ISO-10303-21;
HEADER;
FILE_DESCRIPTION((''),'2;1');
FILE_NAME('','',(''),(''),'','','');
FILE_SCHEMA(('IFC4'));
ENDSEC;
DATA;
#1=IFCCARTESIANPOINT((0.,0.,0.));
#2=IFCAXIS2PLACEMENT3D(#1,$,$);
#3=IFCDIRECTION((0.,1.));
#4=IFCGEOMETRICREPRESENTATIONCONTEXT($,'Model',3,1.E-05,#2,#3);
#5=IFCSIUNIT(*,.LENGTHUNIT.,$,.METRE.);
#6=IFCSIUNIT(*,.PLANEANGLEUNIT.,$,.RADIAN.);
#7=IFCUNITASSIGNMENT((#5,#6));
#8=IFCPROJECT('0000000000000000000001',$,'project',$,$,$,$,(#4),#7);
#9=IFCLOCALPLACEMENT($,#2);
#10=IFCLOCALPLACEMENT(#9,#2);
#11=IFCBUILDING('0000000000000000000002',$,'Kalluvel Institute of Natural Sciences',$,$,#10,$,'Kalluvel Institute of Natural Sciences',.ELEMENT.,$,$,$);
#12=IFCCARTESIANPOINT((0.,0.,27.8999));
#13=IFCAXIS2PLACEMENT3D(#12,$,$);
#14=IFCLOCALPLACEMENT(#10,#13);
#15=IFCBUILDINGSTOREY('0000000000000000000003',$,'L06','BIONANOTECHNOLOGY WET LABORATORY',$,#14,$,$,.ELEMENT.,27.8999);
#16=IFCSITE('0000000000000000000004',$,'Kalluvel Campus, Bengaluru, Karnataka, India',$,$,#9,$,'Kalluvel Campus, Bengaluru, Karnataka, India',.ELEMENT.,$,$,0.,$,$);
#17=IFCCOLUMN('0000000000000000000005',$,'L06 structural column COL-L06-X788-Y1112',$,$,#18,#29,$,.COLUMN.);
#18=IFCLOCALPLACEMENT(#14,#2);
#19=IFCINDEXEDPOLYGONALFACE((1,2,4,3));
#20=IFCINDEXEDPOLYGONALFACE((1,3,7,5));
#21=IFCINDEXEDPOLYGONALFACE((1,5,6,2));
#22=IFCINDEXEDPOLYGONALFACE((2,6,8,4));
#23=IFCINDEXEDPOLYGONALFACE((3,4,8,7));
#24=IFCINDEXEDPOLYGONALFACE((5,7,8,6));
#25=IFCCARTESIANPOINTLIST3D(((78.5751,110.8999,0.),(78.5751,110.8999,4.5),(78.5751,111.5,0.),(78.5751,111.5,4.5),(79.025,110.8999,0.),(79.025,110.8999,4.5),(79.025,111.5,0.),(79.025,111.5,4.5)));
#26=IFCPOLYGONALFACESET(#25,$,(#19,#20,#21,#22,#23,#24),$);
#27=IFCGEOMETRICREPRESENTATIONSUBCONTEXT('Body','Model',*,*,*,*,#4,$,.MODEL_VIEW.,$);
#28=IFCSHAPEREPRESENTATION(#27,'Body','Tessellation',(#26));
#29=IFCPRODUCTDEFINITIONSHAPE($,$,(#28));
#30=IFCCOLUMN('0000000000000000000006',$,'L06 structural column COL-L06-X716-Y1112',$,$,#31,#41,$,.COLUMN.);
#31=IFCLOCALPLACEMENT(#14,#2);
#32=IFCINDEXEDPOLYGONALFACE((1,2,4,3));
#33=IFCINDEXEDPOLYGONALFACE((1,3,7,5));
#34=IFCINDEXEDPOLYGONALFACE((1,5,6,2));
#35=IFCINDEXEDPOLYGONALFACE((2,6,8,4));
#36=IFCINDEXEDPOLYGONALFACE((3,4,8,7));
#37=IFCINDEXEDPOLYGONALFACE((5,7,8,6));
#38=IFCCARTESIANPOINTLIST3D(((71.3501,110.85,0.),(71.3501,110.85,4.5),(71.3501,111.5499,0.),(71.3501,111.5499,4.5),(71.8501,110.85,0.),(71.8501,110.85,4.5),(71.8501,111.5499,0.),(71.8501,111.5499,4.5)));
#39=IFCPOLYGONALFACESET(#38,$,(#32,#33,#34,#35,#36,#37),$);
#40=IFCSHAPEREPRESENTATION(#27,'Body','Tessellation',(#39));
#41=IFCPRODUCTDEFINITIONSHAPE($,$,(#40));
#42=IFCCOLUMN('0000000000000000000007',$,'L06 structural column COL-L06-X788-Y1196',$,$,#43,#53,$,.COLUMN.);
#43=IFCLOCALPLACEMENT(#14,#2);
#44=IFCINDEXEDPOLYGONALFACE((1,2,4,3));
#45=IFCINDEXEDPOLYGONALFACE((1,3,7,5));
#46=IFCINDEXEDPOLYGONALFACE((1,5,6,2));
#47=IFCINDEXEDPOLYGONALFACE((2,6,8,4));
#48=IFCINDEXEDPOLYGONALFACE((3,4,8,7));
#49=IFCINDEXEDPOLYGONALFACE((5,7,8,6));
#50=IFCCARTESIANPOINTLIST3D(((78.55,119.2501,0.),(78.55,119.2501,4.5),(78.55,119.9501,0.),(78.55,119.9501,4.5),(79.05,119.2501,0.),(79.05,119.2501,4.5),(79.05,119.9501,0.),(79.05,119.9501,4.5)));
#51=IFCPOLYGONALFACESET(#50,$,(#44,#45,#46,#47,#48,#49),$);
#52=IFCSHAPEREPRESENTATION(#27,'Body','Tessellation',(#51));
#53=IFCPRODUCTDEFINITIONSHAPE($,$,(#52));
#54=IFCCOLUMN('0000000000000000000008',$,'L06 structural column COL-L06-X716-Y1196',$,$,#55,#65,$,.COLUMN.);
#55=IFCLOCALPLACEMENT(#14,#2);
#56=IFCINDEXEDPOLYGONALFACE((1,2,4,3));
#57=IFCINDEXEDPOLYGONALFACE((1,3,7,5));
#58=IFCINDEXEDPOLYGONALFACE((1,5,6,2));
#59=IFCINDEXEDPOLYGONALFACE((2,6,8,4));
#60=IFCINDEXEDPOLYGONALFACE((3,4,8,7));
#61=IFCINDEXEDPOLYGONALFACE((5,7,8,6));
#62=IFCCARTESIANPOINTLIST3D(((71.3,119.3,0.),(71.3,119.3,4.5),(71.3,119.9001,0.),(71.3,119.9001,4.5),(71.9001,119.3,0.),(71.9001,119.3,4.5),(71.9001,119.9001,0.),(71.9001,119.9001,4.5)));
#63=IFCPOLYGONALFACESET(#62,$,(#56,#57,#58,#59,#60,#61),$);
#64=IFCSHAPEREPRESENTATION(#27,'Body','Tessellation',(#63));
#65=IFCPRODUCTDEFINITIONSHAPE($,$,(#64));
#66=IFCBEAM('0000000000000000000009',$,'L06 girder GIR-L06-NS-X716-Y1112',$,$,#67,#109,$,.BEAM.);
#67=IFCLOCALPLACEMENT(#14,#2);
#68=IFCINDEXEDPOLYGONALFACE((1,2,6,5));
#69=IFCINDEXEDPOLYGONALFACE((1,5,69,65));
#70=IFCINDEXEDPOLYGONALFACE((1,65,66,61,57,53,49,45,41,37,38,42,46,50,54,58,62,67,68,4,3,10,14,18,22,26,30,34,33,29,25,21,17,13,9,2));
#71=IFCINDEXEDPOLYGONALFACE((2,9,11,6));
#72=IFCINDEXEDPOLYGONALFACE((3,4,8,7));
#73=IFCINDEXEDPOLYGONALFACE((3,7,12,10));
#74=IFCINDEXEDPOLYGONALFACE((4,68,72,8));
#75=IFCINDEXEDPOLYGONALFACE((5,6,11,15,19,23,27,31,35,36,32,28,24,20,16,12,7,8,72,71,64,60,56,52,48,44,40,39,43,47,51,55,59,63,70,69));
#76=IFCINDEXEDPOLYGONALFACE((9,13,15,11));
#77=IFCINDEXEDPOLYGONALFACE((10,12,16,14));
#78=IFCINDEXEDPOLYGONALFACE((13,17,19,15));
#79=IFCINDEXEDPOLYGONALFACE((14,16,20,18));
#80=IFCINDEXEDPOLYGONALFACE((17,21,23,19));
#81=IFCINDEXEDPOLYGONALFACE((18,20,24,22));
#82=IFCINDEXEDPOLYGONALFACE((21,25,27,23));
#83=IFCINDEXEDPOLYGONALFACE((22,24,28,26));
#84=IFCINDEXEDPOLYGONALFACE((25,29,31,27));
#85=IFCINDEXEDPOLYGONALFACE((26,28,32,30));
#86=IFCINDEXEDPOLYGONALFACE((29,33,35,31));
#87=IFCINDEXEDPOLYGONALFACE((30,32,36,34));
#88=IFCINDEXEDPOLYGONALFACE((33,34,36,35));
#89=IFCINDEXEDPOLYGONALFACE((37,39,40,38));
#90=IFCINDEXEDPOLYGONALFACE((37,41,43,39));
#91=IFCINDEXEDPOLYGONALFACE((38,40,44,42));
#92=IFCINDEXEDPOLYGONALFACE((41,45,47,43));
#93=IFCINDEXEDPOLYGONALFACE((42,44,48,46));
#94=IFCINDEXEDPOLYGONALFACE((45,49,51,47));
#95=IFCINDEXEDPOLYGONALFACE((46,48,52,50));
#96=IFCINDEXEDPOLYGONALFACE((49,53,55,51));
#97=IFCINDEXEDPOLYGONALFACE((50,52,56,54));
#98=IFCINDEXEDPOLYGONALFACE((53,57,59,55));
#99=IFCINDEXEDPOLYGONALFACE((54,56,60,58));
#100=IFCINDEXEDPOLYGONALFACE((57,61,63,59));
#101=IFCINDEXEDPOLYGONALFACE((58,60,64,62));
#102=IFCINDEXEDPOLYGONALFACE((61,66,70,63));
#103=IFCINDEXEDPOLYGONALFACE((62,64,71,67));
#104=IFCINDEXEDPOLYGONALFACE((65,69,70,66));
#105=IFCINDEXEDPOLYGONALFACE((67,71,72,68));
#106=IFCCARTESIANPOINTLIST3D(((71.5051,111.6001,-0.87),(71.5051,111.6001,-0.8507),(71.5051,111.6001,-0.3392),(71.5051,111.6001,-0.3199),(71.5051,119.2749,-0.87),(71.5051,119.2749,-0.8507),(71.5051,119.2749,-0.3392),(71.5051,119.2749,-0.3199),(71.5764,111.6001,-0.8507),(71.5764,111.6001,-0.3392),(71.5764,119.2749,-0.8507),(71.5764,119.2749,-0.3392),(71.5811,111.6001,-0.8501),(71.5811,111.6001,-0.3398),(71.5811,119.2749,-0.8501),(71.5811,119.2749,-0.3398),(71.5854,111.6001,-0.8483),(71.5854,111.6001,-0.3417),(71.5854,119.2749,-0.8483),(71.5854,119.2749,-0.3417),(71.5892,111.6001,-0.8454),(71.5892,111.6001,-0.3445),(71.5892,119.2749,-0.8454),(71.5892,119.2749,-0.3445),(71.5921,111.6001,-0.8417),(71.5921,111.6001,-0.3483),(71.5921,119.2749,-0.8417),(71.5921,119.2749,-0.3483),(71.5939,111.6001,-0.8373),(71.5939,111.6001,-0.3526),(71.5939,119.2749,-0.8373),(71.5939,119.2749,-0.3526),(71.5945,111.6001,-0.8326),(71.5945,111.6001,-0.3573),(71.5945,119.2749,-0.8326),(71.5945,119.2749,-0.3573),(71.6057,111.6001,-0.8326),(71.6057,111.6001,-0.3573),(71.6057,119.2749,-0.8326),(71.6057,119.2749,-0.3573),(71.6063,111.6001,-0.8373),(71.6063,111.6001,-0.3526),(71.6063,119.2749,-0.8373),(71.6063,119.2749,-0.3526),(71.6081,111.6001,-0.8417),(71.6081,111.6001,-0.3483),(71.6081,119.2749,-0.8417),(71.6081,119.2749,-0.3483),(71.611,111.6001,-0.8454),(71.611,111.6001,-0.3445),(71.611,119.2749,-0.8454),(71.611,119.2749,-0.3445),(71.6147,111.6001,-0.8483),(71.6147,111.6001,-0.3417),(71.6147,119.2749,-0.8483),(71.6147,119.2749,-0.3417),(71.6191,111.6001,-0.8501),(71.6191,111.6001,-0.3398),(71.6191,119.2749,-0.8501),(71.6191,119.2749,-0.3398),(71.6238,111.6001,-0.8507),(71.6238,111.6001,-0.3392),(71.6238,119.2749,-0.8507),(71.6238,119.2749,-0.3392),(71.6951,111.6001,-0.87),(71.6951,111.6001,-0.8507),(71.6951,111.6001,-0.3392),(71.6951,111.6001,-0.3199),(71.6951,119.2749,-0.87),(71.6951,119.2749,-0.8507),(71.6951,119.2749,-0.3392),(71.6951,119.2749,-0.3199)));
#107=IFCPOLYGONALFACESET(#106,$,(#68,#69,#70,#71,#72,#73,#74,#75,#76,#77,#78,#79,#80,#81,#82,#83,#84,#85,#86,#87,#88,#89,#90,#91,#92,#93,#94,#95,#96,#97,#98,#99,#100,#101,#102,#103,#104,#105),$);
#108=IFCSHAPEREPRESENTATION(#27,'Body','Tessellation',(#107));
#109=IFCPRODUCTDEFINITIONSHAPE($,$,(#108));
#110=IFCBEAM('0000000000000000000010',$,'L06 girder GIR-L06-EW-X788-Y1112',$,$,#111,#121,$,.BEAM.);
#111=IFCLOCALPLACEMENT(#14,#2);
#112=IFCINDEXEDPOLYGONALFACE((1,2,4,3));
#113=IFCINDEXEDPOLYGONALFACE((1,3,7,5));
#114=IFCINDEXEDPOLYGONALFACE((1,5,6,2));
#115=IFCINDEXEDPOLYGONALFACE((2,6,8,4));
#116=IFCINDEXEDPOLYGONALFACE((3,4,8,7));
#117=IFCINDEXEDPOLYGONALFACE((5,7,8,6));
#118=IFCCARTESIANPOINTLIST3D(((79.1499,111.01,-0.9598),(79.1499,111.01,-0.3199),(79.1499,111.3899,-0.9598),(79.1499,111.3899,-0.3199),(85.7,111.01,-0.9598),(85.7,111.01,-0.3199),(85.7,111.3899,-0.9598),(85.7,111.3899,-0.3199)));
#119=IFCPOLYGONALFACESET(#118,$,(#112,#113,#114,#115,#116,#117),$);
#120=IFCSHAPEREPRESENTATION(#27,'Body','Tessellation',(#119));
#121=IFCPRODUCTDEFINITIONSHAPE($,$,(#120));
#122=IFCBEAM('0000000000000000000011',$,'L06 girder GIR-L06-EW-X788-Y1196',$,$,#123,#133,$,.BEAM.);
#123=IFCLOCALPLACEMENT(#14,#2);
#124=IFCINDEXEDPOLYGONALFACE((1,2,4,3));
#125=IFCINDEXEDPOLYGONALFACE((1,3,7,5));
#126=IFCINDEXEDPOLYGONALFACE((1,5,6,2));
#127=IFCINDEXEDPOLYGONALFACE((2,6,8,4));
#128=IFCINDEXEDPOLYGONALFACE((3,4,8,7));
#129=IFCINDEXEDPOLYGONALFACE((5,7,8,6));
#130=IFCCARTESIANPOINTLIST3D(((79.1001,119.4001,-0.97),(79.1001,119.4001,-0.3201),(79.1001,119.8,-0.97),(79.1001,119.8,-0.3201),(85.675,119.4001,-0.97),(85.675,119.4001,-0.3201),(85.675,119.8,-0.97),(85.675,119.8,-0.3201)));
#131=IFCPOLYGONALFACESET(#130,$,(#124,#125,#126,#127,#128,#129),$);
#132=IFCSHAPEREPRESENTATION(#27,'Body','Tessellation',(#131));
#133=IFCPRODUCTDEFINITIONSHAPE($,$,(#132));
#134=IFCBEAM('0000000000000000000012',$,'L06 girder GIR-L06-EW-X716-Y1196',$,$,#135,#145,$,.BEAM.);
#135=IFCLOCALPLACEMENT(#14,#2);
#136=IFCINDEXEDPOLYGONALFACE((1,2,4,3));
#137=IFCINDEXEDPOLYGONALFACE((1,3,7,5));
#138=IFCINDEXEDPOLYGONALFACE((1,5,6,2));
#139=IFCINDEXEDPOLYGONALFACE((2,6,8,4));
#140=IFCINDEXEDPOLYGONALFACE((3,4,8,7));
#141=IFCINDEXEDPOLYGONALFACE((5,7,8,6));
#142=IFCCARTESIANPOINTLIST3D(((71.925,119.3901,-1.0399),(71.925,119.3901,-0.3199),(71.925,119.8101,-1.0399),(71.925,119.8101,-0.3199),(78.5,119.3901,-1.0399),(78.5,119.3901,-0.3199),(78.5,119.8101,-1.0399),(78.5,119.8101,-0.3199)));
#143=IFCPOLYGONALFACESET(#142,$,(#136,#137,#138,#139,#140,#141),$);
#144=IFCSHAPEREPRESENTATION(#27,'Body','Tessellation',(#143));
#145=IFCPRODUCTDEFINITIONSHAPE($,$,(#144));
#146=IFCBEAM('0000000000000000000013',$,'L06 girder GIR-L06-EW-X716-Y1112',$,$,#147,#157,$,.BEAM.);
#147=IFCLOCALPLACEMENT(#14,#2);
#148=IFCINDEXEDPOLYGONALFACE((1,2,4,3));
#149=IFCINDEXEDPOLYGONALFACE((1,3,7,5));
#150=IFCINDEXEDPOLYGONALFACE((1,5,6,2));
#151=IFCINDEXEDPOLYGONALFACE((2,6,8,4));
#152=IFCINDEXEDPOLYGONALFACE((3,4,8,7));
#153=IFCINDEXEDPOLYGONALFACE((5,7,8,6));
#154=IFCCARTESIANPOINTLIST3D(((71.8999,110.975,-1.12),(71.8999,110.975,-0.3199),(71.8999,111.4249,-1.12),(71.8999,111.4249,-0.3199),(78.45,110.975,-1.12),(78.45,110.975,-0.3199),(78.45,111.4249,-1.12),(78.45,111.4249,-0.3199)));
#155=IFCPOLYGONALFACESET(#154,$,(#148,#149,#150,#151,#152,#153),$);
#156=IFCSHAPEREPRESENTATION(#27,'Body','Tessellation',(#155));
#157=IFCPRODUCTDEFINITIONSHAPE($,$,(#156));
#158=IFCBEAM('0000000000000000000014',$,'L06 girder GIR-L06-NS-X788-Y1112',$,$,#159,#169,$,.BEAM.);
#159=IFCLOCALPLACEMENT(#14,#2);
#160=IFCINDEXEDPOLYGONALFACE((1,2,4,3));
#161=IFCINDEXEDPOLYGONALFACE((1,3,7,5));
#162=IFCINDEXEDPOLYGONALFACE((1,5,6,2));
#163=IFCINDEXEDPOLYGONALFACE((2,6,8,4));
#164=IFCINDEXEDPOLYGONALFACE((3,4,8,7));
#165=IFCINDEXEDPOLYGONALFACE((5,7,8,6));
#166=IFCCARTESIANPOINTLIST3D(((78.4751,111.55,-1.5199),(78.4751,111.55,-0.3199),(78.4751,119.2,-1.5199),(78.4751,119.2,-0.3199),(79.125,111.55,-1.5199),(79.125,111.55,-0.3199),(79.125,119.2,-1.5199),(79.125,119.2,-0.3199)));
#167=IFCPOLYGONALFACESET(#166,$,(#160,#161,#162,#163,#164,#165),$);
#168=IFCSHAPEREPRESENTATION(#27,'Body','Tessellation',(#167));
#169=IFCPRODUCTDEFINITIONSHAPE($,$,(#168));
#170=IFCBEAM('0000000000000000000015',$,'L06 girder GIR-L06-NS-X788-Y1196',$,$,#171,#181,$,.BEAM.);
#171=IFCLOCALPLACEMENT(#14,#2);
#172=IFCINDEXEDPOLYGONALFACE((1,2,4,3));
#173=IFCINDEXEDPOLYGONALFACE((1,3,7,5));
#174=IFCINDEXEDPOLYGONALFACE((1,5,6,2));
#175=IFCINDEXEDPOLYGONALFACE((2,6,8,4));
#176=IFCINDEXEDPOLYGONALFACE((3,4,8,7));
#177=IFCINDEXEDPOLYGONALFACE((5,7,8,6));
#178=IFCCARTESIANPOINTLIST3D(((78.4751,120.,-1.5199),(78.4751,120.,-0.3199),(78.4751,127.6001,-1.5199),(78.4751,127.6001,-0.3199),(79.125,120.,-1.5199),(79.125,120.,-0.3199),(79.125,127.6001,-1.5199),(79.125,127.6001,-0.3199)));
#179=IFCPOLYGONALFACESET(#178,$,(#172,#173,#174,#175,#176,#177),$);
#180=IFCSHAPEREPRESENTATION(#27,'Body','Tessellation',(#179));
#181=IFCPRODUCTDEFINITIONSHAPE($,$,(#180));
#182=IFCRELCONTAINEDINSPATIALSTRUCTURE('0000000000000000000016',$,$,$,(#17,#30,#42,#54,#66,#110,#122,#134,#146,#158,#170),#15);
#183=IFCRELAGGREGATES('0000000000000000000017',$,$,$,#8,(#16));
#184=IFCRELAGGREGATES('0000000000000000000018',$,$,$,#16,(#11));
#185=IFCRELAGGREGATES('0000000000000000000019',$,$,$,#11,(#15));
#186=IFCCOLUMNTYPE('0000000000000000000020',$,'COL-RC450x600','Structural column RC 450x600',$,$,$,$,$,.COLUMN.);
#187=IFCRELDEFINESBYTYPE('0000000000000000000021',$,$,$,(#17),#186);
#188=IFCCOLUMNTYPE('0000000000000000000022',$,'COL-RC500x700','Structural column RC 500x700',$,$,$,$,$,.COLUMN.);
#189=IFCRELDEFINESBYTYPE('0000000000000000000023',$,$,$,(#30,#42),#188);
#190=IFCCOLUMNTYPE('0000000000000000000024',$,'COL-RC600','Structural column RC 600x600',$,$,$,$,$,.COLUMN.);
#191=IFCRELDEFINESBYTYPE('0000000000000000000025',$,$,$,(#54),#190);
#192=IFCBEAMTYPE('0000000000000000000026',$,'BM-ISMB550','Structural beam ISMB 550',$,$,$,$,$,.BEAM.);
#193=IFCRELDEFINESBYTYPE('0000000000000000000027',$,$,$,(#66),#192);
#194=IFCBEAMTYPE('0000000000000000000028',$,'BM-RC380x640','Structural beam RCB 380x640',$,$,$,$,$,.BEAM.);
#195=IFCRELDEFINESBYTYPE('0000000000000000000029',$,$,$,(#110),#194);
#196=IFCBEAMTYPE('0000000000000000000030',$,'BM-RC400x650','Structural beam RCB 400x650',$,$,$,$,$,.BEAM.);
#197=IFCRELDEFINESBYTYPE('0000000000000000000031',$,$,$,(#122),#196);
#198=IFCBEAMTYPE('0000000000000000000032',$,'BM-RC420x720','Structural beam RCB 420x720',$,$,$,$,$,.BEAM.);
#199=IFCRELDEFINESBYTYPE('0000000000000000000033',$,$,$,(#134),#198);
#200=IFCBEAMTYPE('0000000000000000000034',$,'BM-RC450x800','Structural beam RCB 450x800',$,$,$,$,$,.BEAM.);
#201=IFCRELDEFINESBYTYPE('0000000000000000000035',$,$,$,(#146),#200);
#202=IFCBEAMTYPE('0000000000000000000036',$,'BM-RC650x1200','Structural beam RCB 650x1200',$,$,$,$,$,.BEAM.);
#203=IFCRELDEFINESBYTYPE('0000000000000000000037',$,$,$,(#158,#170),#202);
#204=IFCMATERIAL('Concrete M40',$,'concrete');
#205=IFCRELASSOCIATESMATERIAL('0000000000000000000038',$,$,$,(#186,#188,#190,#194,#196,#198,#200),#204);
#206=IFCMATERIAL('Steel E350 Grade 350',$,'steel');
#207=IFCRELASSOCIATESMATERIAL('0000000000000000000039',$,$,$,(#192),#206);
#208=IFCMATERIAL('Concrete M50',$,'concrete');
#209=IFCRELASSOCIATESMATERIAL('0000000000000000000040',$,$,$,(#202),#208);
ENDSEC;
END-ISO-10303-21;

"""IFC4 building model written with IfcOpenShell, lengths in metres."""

from ifc_helpers import new_model, si_unit, direction, frame, origin, origin_2d, place, context, subcontext, project, spatial, rectangle, i_section, extrude, material, material_profile, profile_set, type_object, element, save


model = new_model("IFC4")

# Units and contexts
model_context = context("Model", 3, precision=1e-05, world=origin(), true_north=direction((0.0, 1.0)))
body_context = subcontext(model_context, "Body", "Model", "MODEL_VIEW")
ifc_project = project(units=[si_unit("LENGTHUNIT", "METRE"), si_unit("PLANEANGLEUNIT", "RADIAN")], contexts=[model_context])

# Site, building, storey
site_placement = place(None, origin())
site = spatial("IfcSite", under=ifc_project, at=site_placement, Name="Kalluvel Campus, Bengaluru, Karnataka, India", LongName="Kalluvel Campus, Bengaluru, Karnataka, India", CompositionType="ELEMENT", RefElevation=0.0)
building_placement = place(site_placement, origin())
building = spatial("IfcBuilding", under=site, at=building_placement, Name="Kalluvel Institute of Natural Sciences", LongName="Kalluvel Institute of Natural Sciences", CompositionType="ELEMENT")
storey_placement = place(building_placement, frame((0.0, 0.0, 27.8999)))
storey = spatial("IfcBuildingStorey", under=building, at=storey_placement, Name="L06", Description="BIONANOTECHNOLOGY WET LABORATORY", CompositionType="ELEMENT", Elevation=27.8999)

# Columns
ifc_material_1 = material(Name="Concrete M40", Category="concrete")
ifc_material_profile_1 = material_profile(ifc_material_1, rectangle(XDim=0.45, YDim=0.6001, at=origin_2d()), Name="RC 450x600")
ifc_profile_set_1 = profile_set([ifc_material_profile_1], Name="Concrete M40")
column_type_1 = type_object("IfcColumnType", Name="COL-RC450x600", Description="Structural column RC 450x600", PredefinedType="COLUMN", material=ifc_profile_set_1)
column_1_placement = place(storey_placement, frame((78.8, 111.2, 0.0), z_axis=(0.0, 0.0, 1.0), x_axis=(1.0, 0.0, 0.0)))
element("IfcColumn", 1, at=column_1_placement, inside=storey, type_object=column_type_1, Name="L06 structural column COL-L06-X788-Y1112", PredefinedType="COLUMN", context=body_context, shape_type="SweptSolid", body=[
    extrude(rectangle(XDim=0.45, YDim=0.6001, at=origin_2d()), origin(), (0.0, 0.0, 1.0), 4.5),
])
ifc_material_profile_2 = material_profile(ifc_material_1, rectangle(XDim=0.5, YDim=0.7, at=origin_2d()), Name="RC 500x700")
ifc_profile_set_2 = profile_set([ifc_material_profile_2], Name="Concrete M40")
column_type_2 = type_object("IfcColumnType", Name="COL-RC500x700", Description="Structural column RC 500x700", PredefinedType="COLUMN", material=ifc_profile_set_2)
for number, where, z_axis, x_axis, name in (
    (2, (71.6001, 111.2, 0.0), (0.0, 0.0, 1.0), (1.0, 0.0, 0.0), "L06 structural column COL-L06-X716-Y1112"),
    (3, (78.8, 119.6001, 0.0), (0.0, 0.0, 1.0), (1.0, 0.0, 0.0), "L06 structural column COL-L06-X788-Y1196"),
):
    element("IfcColumn", number, at=place(storey_placement, frame(where, z_axis=z_axis, x_axis=x_axis)), inside=storey, type_object=column_type_2, Name=name, PredefinedType="COLUMN", context=body_context, shape_type="SweptSolid", body=[
        extrude(rectangle(XDim=0.5, YDim=0.7, at=origin_2d()), origin(), (0.0, 0.0, 1.0), 4.5),
    ])
ifc_material_profile_3 = material_profile(ifc_material_1, rectangle(XDim=0.6001, YDim=0.6001, at=origin_2d()), Name="RC 600x600")
ifc_profile_set_3 = profile_set([ifc_material_profile_3], Name="Concrete M40")
column_type_3 = type_object("IfcColumnType", Name="COL-RC600", Description="Structural column RC 600x600", PredefinedType="COLUMN", material=ifc_profile_set_3)
column_2_placement = place(storey_placement, frame((71.6001, 119.6001, 0.0), z_axis=(0.0, 0.0, 1.0), x_axis=(1.0, 0.0, 0.0)))
element("IfcColumn", 4, at=column_2_placement, inside=storey, type_object=column_type_3, Name="L06 structural column COL-L06-X716-Y1196", PredefinedType="COLUMN", context=body_context, shape_type="SweptSolid", body=[
    extrude(rectangle(XDim=0.6001, YDim=0.6001, at=origin_2d()), origin(), (0.0, 0.0, 1.0), 4.5),
])

# Beams
ifc_material_2 = material(Name="Steel E350 Grade 350", Category="steel")
ifc_material_profile_4 = material_profile(ifc_material_2, i_section(OverallWidth=0.1899, OverallDepth=0.55, WebThickness=0.0112, FlangeThickness=0.0193, FilletRadius=0.0181, at=origin_2d()), Name="ISMB 550")
ifc_profile_set_4 = profile_set([ifc_material_profile_4], Name="Steel E350 Grade 350")
beam_type_1 = type_object("IfcBeamType", Name="BM-ISMB550", Description="Structural beam ISMB 550", PredefinedType="BEAM", material=ifc_profile_set_4)
beam_1_placement = place(storey_placement, frame((71.6001, 111.6001, -0.595), z_axis=(0.0, 1.0, 0.0), x_axis=(-1.0, 0.0, 0.0)))
element("IfcBeam", 5, at=beam_1_placement, inside=storey, type_object=beam_type_1, Name="L06 girder GIR-L06-NS-X716-Y1112", PredefinedType="BEAM", context=body_context, shape_type="SweptSolid", body=[
    extrude(i_section(OverallWidth=0.1899, OverallDepth=0.55, WebThickness=0.0112, FlangeThickness=0.0193, FilletRadius=0.0181, at=origin_2d()), origin(), (0.0, 0.0, 1.0), 7.6748),
])
ifc_material_profile_5 = material_profile(ifc_material_1, rectangle(XDim=0.3799, YDim=0.6399, at=origin_2d()), Name="RCB 380x640")
ifc_profile_set_5 = profile_set([ifc_material_profile_5], Name="Concrete M40")
beam_type_2 = type_object("IfcBeamType", Name="BM-RC380x640", Description="Structural beam RCB 380x640", PredefinedType="BEAM", material=ifc_profile_set_5)
beam_2_placement = place(storey_placement, frame((79.1499, 111.2, -0.6399), z_axis=(1.0, 0.0, 0.0), x_axis=(0.0, 1.0, 0.0)))
element("IfcBeam", 6, at=beam_2_placement, inside=storey, type_object=beam_type_2, Name="L06 girder GIR-L06-EW-X788-Y1112", PredefinedType="BEAM", context=body_context, shape_type="SweptSolid", body=[
    extrude(rectangle(XDim=0.3799, YDim=0.6399, at=origin_2d()), origin(), (0.0, 0.0, 1.0), 6.55),
])
ifc_material_profile_6 = material_profile(ifc_material_1, rectangle(XDim=0.3999, YDim=0.6499, at=origin_2d()), Name="RCB 400x650")
ifc_profile_set_6 = profile_set([ifc_material_profile_6], Name="Concrete M40")
beam_type_3 = type_object("IfcBeamType", Name="BM-RC400x650", Description="Structural beam RCB 400x650", PredefinedType="BEAM", material=ifc_profile_set_6)
beam_3_placement = place(storey_placement, frame((79.1001, 119.6001, -0.645), z_axis=(1.0, 0.0, 0.0), x_axis=(0.0, 1.0, 0.0)))
element("IfcBeam", 7, at=beam_3_placement, inside=storey, type_object=beam_type_3, Name="L06 girder GIR-L06-EW-X788-Y1196", PredefinedType="BEAM", context=body_context, shape_type="SweptSolid", body=[
    extrude(rectangle(XDim=0.3999, YDim=0.6499, at=origin_2d()), origin(), (0.0, 0.0, 1.0), 6.575),
])
ifc_material_profile_7 = material_profile(ifc_material_1, rectangle(XDim=0.4199, YDim=0.72, at=origin_2d()), Name="RCB 420x720")
ifc_profile_set_7 = profile_set([ifc_material_profile_7], Name="Concrete M40")
beam_type_4 = type_object("IfcBeamType", Name="BM-RC420x720", Description="Structural beam RCB 420x720", PredefinedType="BEAM", material=ifc_profile_set_7)
beam_4_placement = place(storey_placement, frame((71.925, 119.6001, -0.6799), z_axis=(1.0, 0.0, 0.0), x_axis=(0.0, 1.0, 0.0)))
element("IfcBeam", 8, at=beam_4_placement, inside=storey, type_object=beam_type_4, Name="L06 girder GIR-L06-EW-X716-Y1196", PredefinedType="BEAM", context=body_context, shape_type="SweptSolid", body=[
    extrude(rectangle(XDim=0.4199, YDim=0.72, at=origin_2d()), origin(), (0.0, 0.0, 1.0), 6.575),
])
ifc_material_profile_8 = material_profile(ifc_material_1, rectangle(XDim=0.45, YDim=0.8, at=origin_2d()), Name="RCB 450x800")
ifc_profile_set_8 = profile_set([ifc_material_profile_8], Name="Concrete M40")
beam_type_5 = type_object("IfcBeamType", Name="BM-RC450x800", Description="Structural beam RCB 450x800", PredefinedType="BEAM", material=ifc_profile_set_8)
beam_5_placement = place(storey_placement, frame((71.8999, 111.2, -0.72), z_axis=(1.0, 0.0, 0.0), x_axis=(0.0, 1.0, 0.0)))
element("IfcBeam", 9, at=beam_5_placement, inside=storey, type_object=beam_type_5, Name="L06 girder GIR-L06-EW-X716-Y1112", PredefinedType="BEAM", context=body_context, shape_type="SweptSolid", body=[
    extrude(rectangle(XDim=0.45, YDim=0.8, at=origin_2d()), origin(), (0.0, 0.0, 1.0), 6.55),
])
ifc_material_3 = material(Name="Concrete M50", Category="concrete")
ifc_material_profile_9 = material_profile(ifc_material_3, rectangle(XDim=0.6499, YDim=1.2, at=origin_2d()), Name="RCB 650x1200")
ifc_profile_set_9 = profile_set([ifc_material_profile_9], Name="Concrete M50")
beam_type_6 = type_object("IfcBeamType", Name="BM-RC650x1200", Description="Structural beam RCB 650x1200", PredefinedType="BEAM", material=ifc_profile_set_9)
beam_6_placement = place(storey_placement, frame((78.8, 111.55, -0.9199), z_axis=(0.0, 1.0, 0.0), x_axis=(-1.0, 0.0, 0.0)))
element("IfcBeam", 10, at=beam_6_placement, inside=storey, type_object=beam_type_6, Name="L06 girder GIR-L06-NS-X788-Y1112", PredefinedType="BEAM", context=body_context, shape_type="SweptSolid", body=[
    extrude(rectangle(XDim=0.6499, YDim=1.2, at=origin_2d()), origin(), (0.0, 0.0, 1.0), 7.6499),
])
beam_7_placement = place(storey_placement, frame((78.8, 120.0, -0.9199), z_axis=(0.0, 1.0, 0.0), x_axis=(-1.0, 0.0, 0.0)))
element("IfcBeam", 11, at=beam_7_placement, inside=storey, type_object=beam_type_6, Name="L06 girder GIR-L06-NS-X788-Y1196", PredefinedType="BEAM", context=body_context, shape_type="SweptSolid", body=[
    extrude(rectangle(XDim=0.6499, YDim=1.2, at=origin_2d()), origin(), (0.0, 0.0, 1.0), 7.6001),
])

save(model, "model.ifc")
